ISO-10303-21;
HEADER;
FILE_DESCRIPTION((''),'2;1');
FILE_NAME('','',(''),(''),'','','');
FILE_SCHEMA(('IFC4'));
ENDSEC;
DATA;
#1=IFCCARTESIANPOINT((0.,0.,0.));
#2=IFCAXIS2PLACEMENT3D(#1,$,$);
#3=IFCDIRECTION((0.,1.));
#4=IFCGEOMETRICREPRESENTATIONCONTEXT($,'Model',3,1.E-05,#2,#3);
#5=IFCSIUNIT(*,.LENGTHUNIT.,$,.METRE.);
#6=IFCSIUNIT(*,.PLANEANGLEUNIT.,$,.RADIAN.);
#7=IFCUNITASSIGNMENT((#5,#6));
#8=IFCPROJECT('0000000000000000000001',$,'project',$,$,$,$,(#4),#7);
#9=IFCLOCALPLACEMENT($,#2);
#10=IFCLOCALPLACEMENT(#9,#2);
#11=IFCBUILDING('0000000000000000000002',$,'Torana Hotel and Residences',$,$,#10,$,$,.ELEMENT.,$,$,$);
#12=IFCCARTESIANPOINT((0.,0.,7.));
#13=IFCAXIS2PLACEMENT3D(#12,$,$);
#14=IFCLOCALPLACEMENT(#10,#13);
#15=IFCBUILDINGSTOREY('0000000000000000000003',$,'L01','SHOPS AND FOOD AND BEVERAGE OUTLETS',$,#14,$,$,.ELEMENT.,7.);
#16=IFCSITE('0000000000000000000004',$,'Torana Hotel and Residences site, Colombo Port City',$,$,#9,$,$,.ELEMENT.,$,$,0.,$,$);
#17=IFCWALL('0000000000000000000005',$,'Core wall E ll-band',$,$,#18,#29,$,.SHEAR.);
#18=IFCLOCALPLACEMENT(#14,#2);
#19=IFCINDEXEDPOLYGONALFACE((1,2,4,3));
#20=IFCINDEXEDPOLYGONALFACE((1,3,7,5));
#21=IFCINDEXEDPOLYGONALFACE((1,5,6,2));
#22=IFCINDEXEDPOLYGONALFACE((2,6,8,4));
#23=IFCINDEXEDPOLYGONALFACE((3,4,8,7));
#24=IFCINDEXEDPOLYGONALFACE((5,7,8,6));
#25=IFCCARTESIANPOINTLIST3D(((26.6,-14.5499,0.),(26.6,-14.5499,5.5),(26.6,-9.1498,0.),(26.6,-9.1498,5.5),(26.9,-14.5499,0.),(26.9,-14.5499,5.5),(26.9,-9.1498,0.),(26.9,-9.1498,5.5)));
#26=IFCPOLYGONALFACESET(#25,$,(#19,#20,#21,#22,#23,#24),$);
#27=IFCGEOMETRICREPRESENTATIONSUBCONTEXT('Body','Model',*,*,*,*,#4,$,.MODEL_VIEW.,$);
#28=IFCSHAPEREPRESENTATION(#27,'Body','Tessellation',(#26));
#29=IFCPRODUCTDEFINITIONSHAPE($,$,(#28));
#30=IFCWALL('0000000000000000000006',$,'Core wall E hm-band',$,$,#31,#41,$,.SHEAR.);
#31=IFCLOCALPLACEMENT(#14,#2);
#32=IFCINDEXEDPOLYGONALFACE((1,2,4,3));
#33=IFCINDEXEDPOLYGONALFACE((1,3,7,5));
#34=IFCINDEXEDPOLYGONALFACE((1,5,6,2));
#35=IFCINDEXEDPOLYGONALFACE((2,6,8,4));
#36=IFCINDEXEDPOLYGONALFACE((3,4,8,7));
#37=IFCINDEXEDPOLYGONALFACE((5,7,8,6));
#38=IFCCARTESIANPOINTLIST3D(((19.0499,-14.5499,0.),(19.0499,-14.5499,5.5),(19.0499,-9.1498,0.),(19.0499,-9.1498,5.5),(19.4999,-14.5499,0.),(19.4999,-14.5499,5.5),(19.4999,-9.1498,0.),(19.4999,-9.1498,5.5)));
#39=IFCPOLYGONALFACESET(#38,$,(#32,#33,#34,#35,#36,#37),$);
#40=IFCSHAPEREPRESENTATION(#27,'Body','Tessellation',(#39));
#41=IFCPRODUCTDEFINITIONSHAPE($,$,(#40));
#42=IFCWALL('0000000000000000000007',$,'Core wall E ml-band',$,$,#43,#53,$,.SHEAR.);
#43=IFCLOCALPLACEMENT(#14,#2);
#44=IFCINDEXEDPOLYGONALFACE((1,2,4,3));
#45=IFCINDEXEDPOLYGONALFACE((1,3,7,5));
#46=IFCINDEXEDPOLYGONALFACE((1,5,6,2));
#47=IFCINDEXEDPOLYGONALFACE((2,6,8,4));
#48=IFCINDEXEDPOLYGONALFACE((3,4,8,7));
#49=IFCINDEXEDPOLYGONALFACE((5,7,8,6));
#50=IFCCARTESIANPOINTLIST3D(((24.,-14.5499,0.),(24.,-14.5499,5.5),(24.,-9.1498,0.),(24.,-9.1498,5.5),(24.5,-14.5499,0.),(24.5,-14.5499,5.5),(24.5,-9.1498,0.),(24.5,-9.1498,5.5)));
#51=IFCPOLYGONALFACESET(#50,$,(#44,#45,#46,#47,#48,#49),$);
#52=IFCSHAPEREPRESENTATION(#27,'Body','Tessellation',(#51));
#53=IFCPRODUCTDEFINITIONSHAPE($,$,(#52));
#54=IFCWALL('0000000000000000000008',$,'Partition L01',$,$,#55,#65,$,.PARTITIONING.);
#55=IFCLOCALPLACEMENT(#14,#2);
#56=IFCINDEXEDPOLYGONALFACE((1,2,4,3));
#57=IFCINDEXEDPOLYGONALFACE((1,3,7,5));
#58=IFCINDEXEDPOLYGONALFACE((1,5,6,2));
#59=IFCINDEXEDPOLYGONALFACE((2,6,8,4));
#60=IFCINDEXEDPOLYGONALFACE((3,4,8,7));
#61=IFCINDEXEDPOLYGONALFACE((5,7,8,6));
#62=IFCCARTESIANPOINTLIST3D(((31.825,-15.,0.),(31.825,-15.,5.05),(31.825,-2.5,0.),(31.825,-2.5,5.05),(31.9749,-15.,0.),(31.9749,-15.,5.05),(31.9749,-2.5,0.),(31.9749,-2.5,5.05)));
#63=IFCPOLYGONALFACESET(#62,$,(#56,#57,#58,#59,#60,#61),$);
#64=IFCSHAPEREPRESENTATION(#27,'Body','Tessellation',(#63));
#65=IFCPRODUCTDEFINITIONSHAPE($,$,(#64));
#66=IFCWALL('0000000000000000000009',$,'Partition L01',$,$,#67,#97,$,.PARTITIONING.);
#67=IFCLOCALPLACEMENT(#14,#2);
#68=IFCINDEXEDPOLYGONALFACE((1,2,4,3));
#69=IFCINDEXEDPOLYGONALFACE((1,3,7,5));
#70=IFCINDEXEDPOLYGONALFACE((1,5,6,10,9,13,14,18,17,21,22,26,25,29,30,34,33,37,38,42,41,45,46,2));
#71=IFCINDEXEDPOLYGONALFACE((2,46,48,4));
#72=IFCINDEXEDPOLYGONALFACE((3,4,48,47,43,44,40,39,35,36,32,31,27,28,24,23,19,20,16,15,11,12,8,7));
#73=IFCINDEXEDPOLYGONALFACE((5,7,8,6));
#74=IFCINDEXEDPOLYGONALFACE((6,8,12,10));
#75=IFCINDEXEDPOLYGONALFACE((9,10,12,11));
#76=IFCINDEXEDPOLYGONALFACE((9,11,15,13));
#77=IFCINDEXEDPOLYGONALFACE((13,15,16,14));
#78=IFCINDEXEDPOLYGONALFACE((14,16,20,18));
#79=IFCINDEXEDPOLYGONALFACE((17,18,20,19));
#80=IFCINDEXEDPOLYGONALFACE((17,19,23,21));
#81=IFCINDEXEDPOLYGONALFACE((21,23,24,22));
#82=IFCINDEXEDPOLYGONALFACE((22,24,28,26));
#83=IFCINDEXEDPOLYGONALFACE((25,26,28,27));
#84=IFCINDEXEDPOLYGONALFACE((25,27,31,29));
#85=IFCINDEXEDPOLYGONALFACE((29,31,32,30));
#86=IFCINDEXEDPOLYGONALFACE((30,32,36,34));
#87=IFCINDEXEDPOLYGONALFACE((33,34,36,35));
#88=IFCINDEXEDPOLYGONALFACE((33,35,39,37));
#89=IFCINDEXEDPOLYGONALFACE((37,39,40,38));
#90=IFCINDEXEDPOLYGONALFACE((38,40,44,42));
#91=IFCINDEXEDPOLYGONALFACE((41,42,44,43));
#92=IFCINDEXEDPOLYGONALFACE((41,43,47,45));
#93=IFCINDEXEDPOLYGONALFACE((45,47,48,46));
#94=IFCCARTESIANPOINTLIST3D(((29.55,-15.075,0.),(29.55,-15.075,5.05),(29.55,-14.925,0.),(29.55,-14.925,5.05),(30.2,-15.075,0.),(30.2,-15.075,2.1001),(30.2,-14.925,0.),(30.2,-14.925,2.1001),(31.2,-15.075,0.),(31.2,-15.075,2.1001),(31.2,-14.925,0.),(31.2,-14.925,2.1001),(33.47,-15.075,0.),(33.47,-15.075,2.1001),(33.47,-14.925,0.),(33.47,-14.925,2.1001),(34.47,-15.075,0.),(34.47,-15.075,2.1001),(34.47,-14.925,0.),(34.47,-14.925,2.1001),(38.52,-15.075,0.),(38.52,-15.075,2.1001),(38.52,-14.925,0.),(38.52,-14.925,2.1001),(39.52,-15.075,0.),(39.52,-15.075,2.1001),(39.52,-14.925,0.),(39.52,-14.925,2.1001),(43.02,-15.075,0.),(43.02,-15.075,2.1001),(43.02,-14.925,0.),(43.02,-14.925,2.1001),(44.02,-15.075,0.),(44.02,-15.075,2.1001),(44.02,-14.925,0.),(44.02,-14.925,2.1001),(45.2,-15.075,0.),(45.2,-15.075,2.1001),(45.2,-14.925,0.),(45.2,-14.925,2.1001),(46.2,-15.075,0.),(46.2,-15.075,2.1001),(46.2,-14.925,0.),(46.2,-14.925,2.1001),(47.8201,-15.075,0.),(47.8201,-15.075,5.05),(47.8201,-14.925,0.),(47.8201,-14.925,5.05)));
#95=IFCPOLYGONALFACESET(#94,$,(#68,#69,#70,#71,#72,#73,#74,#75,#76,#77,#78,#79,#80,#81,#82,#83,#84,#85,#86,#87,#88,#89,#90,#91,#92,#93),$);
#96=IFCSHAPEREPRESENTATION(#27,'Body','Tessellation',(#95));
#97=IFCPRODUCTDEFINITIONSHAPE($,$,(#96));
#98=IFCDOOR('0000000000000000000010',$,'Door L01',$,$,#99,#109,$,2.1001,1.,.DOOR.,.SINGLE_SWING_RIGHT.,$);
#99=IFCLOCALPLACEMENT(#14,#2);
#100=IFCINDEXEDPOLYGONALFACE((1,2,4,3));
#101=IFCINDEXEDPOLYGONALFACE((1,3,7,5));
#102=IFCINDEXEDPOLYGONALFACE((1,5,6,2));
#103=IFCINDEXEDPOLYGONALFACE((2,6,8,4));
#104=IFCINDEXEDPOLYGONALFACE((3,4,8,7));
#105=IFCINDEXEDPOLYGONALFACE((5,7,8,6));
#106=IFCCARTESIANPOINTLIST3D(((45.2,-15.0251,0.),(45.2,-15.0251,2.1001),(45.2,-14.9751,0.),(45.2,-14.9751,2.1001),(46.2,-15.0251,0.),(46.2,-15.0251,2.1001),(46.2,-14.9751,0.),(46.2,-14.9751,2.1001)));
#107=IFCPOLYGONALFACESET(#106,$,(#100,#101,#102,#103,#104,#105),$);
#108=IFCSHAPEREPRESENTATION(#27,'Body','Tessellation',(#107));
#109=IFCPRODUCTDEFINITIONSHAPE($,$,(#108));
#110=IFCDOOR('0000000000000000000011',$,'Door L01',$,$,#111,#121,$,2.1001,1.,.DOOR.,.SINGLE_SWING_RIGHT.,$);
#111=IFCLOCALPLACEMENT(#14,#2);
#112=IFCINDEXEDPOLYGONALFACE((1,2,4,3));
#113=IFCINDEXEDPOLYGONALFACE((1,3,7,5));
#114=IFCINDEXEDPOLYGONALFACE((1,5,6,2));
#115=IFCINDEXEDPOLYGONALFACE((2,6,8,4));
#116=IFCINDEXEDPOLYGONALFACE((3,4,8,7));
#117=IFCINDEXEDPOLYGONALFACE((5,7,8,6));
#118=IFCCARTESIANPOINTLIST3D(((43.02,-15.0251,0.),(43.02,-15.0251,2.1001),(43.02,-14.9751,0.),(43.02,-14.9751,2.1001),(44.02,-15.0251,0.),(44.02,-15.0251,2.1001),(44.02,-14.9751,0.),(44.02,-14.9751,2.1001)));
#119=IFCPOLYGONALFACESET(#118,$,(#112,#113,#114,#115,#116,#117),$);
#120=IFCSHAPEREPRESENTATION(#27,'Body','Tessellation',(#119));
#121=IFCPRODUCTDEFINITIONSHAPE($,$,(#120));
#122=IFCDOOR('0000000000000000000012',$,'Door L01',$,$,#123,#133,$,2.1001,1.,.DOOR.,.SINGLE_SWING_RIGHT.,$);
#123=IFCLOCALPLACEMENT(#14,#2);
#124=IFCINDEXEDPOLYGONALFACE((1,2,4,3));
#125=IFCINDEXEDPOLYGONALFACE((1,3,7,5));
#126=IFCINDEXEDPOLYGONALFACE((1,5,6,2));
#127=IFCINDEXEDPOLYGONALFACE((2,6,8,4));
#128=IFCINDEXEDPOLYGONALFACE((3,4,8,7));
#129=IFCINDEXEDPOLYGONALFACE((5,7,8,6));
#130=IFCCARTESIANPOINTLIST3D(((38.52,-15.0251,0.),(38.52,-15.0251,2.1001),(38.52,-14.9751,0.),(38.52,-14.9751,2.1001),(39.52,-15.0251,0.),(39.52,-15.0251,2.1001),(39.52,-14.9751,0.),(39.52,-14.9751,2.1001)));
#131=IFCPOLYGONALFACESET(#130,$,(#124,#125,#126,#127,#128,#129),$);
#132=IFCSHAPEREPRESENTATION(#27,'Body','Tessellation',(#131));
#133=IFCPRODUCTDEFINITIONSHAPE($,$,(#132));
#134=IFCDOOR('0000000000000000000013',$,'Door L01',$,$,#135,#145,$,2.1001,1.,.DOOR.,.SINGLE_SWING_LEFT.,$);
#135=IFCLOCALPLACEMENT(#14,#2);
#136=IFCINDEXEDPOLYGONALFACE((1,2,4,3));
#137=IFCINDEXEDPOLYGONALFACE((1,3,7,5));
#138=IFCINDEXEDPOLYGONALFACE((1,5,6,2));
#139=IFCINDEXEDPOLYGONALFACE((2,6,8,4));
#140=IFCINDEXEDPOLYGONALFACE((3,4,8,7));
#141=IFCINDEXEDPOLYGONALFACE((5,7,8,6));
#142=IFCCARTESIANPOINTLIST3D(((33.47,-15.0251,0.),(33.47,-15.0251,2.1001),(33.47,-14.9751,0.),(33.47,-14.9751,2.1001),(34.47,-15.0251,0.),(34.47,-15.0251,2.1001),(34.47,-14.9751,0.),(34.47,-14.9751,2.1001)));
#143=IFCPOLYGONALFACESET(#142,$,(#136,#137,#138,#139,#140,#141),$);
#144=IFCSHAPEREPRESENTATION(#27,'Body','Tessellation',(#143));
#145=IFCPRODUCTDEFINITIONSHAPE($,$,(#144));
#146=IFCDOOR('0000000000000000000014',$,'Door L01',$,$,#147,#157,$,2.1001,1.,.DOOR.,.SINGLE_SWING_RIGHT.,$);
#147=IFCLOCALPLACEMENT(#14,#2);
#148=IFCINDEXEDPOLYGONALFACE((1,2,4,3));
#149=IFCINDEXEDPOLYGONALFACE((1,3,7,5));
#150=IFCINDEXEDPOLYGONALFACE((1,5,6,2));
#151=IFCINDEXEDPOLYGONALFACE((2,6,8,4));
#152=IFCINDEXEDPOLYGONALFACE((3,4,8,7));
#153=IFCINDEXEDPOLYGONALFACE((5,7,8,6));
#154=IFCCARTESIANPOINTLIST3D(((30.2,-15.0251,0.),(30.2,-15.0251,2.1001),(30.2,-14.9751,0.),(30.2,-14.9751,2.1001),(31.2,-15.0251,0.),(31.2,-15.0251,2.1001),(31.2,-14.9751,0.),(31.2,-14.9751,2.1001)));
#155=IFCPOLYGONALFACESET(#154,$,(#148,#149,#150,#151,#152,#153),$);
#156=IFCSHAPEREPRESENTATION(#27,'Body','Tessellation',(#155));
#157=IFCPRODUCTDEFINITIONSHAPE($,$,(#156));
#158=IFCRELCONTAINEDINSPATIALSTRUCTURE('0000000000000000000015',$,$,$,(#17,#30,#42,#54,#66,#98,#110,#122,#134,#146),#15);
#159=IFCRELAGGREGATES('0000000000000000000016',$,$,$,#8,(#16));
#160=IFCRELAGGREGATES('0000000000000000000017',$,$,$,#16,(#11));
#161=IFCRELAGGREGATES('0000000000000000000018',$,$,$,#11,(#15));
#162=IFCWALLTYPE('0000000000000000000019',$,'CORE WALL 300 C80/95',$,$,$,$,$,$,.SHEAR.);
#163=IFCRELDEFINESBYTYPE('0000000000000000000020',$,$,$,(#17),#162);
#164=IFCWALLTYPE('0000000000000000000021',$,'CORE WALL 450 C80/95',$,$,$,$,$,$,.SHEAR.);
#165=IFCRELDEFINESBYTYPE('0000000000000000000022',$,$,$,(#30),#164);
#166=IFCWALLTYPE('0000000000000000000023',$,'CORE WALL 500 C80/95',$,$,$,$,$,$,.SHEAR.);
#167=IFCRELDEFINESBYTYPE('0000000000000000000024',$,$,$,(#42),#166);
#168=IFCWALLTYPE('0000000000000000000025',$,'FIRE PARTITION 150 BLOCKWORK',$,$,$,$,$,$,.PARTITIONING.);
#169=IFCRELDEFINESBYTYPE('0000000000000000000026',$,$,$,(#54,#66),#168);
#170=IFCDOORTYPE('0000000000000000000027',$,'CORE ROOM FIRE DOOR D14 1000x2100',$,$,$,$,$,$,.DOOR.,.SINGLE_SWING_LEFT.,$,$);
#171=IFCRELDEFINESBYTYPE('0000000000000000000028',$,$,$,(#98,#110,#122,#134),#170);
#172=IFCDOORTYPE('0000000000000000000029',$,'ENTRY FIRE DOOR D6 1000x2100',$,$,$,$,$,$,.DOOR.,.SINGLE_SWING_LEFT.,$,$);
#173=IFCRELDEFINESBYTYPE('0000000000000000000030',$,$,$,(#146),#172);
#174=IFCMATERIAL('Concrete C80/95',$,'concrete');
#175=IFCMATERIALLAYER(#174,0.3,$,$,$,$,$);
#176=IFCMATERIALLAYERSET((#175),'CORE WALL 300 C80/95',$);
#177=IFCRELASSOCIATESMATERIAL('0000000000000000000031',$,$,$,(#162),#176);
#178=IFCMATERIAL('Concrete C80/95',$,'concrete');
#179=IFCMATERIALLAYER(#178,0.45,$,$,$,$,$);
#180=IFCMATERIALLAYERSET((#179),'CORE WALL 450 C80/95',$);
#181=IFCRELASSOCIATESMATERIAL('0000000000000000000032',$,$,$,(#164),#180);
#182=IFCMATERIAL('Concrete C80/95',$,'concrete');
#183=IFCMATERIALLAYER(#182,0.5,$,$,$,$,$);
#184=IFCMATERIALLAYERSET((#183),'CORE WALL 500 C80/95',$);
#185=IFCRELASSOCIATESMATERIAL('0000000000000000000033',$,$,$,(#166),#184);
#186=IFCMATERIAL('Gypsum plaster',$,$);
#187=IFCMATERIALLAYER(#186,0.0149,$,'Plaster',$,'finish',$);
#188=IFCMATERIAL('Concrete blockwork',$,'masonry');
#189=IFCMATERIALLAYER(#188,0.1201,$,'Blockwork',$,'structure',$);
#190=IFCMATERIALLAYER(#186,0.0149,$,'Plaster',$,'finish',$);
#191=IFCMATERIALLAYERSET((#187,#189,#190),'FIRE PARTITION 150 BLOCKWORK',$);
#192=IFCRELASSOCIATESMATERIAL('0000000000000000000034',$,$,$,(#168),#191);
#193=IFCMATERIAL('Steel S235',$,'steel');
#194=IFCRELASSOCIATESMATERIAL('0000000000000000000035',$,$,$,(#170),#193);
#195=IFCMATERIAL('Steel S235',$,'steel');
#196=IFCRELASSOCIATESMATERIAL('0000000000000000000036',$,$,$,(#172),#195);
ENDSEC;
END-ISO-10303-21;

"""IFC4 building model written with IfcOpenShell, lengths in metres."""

from ifc_helpers import new_model, si_unit, direction, frame, frame_2d, origin, place, context, subcontext, project, spatial, rectangle, extrude, material, layer, layer_set, type_object, element, fill, save


model = new_model("IFC4")

# Units and contexts
model_context = context("Model", 3, precision=1e-05, world=origin(), true_north=direction((0.0, 1.0)))
body_context = subcontext(model_context, "Body", "Model", "MODEL_VIEW")
ifc_project = project(units=[si_unit("LENGTHUNIT", "METRE"), si_unit("PLANEANGLEUNIT", "RADIAN")], contexts=[model_context])

# Site, building, storey
site_placement = place(None, origin())
site = spatial("IfcSite", under=ifc_project, at=site_placement, Name="Torana Hotel and Residences site, Colombo Port City", CompositionType="ELEMENT", RefElevation=0.0)
building_placement = place(site_placement, origin())
building = spatial("IfcBuilding", under=site, at=building_placement, Name="Torana Hotel and Residences", CompositionType="ELEMENT")
storey_placement = place(building_placement, frame((0.0, 0.0, 7.0)))
storey = spatial("IfcBuildingStorey", under=building, at=storey_placement, Name="L01", Description="SHOPS AND FOOD AND BEVERAGE OUTLETS", CompositionType="ELEMENT", Elevation=7.0)

# Walls
ifc_material_1 = material(Name="Concrete C80/95", Category="concrete")
ifc_layer_1 = layer(ifc_material_1, 0.3)
ifc_layer_set_1 = layer_set([ifc_layer_1], Name="CORE WALL 300 C80/95")
wall_type_1 = type_object("IfcWallType", Name="CORE WALL 300 C80/95", PredefinedType="SHEAR", material=ifc_layer_set_1)
for number, where, z_axis, x_axis, name in (
    (1, (26.75, -14.55, 0.0), (0.0, 0.0, 1.0), (0.0, 1.0, 0.0), "Core wall E ll-band"),
):
    element("IfcWall", number, at=place(storey_placement, frame(where, z_axis=z_axis, x_axis=x_axis)), inside=storey, type_object=wall_type_1, Name=name, PredefinedType="SHEAR", context=body_context, shape_type="SweptSolid", body=[
        extrude(rectangle(XDim=5.4001, YDim=0.3, at=frame_2d((2.7002, 0.0))), origin(), (0.0, 0.0, 1.0), 5.5),
    ])
ifc_material_2 = material(Name="Concrete C80/95", Category="concrete")
ifc_layer_2 = layer(ifc_material_2, 0.45)
ifc_layer_set_2 = layer_set([ifc_layer_2], Name="CORE WALL 450 C80/95")
wall_type_2 = type_object("IfcWallType", Name="CORE WALL 450 C80/95", PredefinedType="SHEAR", material=ifc_layer_set_2)
wall_1_placement = place(storey_placement, frame((19.2749, -14.55, 0.0), z_axis=(0.0, 0.0, 1.0), x_axis=(0.0, 1.0, 0.0)))
element("IfcWall", 2, at=wall_1_placement, inside=storey, type_object=wall_type_2, Name="Core wall E hm-band", PredefinedType="SHEAR", context=body_context, shape_type="SweptSolid", body=[
    extrude(rectangle(XDim=5.4001, YDim=0.45, at=frame_2d((2.7002, 0.0))), origin(), (0.0, 0.0, 1.0), 5.5),
])

# Shared definitions
ifc_material_3 = material(Name="Concrete C80/95", Category="concrete")
ifc_layer_3 = layer(ifc_material_3, 0.5)
ifc_layer_set_3 = layer_set([ifc_layer_3], Name="CORE WALL 500 C80/95")
wall_type_3 = type_object("IfcWallType", Name="CORE WALL 500 C80/95", PredefinedType="SHEAR", material=ifc_layer_set_3)

# Walls
wall_2_placement = place(storey_placement, frame((24.25, -14.55, 0.0), z_axis=(0.0, 0.0, 1.0), x_axis=(0.0, 1.0, 0.0)))
element("IfcWall", 3, at=wall_2_placement, inside=storey, type_object=wall_type_3, Name="Core wall E ml-band", PredefinedType="SHEAR", context=body_context, shape_type="SweptSolid", body=[
    extrude(rectangle(XDim=5.4001, YDim=0.5, at=frame_2d((2.7002, 0.0))), origin(), (0.0, 0.0, 1.0), 5.5),
])
ifc_material_4 = material(Name="Gypsum plaster")
ifc_layer_4 = layer(ifc_material_4, 0.0149, Name="Plaster", Category="finish")
ifc_material_5 = material(Name="Concrete blockwork", Category="masonry")
ifc_layer_5 = layer(ifc_material_5, 0.1201, Name="Blockwork", Category="structure")
ifc_layer_6 = layer(ifc_material_4, 0.0149, Name="Plaster", Category="finish")
ifc_layer_set_4 = layer_set([ifc_layer_4, ifc_layer_5, ifc_layer_6], Name="FIRE PARTITION 150 BLOCKWORK")
wall_type_4 = type_object("IfcWallType", Name="FIRE PARTITION 150 BLOCKWORK", PredefinedType="PARTITIONING", material=ifc_layer_set_4)
wall_3_placement = place(storey_placement, frame((31.8999, -15.0, 0.0), z_axis=(0.0, 0.0, 1.0), x_axis=(0.0, 1.0, 0.0)))
element("IfcWall", 4, at=wall_3_placement, inside=storey, type_object=wall_type_4, Name="Partition L01", PredefinedType="PARTITIONING", context=body_context, shape_type="SweptSolid", body=[
    extrude(rectangle(XDim=12.5, YDim=0.1499, at=frame_2d((6.25, 0.0))), origin(), (0.0, 0.0, 1.0), 5.05),
])

# Wall, openings, doors
wall_4_placement = place(storey_placement, frame((29.55, -15.0, 0.0), z_axis=(0.0, 0.0, 1.0), x_axis=(1.0, 0.0, 0.0)))
wall_4 = element("IfcWall", 5, at=wall_4_placement, inside=storey, type_object=wall_type_4, Name="Partition L01", PredefinedType="PARTITIONING", context=body_context, shape_type="SweptSolid", body=[
    extrude(rectangle(XDim=18.27, YDim=0.1499, at=frame_2d((9.135, 0.0))), origin(), (0.0, 0.0, 1.0), 5.05),
])
opening_1_placement = place(wall_4_placement, frame((15.6499, 0.0, 0.0)))
opening_1 = element("IfcOpeningElement", 6, at=opening_1_placement, cuts=wall_4, PredefinedType="OPENING", context=body_context, shape_type="SweptSolid", body=[
    extrude(rectangle(XDim=1.0, YDim=2.1001, at=frame_2d((0.5, 1.05))), frame((0.0, 0.085, 0.0), z_axis=(0.0, -1.0, 0.0), x_axis=(1.0, 0.0, 0.0)), (0.0, 0.0, 1.0), 0.1699),
])
opening_2_placement = place(wall_4_placement, frame((13.47, 0.0, 0.0)))
opening_2 = element("IfcOpeningElement", 7, at=opening_2_placement, cuts=wall_4, PredefinedType="OPENING", context=body_context, shape_type="SweptSolid", body=[
    extrude(rectangle(XDim=1.0, YDim=2.1001, at=frame_2d((0.5, 1.05))), frame((0.0, 0.085, 0.0), z_axis=(0.0, -1.0, 0.0), x_axis=(1.0, 0.0, 0.0)), (0.0, 0.0, 1.0), 0.1699),
])
opening_3_placement = place(wall_4_placement, frame((8.97, 0.0, 0.0)))
opening_3 = element("IfcOpeningElement", 8, at=opening_3_placement, cuts=wall_4, PredefinedType="OPENING", context=body_context, shape_type="SweptSolid", body=[
    extrude(rectangle(XDim=1.0, YDim=2.1001, at=frame_2d((0.5, 1.05))), frame((0.0, 0.085, 0.0), z_axis=(0.0, -1.0, 0.0), x_axis=(1.0, 0.0, 0.0)), (0.0, 0.0, 1.0), 0.1699),
])
opening_4_placement = place(wall_4_placement, frame((3.9199, 0.0, 0.0)))
opening_4 = element("IfcOpeningElement", 9, at=opening_4_placement, cuts=wall_4, PredefinedType="OPENING", context=body_context, shape_type="SweptSolid", body=[
    extrude(rectangle(XDim=1.0, YDim=2.1001, at=frame_2d((0.5, 1.05))), frame((0.0, 0.085, 0.0), z_axis=(0.0, -1.0, 0.0), x_axis=(1.0, 0.0, 0.0)), (0.0, 0.0, 1.0), 0.1699),
])
opening_5_placement = place(wall_4_placement, frame((0.6499, 0.0, 0.0)))
opening_5 = element("IfcOpeningElement", 10, at=opening_5_placement, cuts=wall_4, PredefinedType="OPENING", context=body_context, shape_type="SweptSolid", body=[
    extrude(rectangle(XDim=1.0, YDim=2.1001, at=frame_2d((0.5, 1.05))), frame((0.0, 0.085, 0.0), z_axis=(0.0, -1.0, 0.0), x_axis=(1.0, 0.0, 0.0)), (0.0, 0.0, 1.0), 0.1699),
])
ifc_material_6 = material(Name="Steel S235", Category="steel")
door_type_1 = type_object("IfcDoorType", Name="CORE ROOM FIRE DOOR D14 1000x2100", OperationType="SINGLE_SWING_LEFT", PredefinedType="DOOR", material=ifc_material_6)
door_1_placement = place(opening_1_placement, origin())
door_1 = element("IfcDoor", 11, at=door_1_placement, inside=storey, type_object=door_type_1, Name="Door L01", OperationType="SINGLE_SWING_RIGHT", OverallHeight=2.1001, OverallWidth=1.0, PredefinedType="DOOR", context=body_context, shape_type="SweptSolid", body=[
    extrude(rectangle(XDim=1.0, YDim=2.1001, at=frame_2d((0.5, 1.05))), frame((0.0, 0.0249, 0.0), z_axis=(0.0, -1.0, 0.0), x_axis=(1.0, 0.0, 0.0)), (0.0, 0.0, 1.0), 0.05),
])
fill(opening_1, door_1)
door_2_placement = place(opening_2_placement, origin())
door_2 = element("IfcDoor", 12, at=door_2_placement, inside=storey, type_object=door_type_1, Name="Door L01", OperationType="SINGLE_SWING_RIGHT", OverallHeight=2.1001, OverallWidth=1.0, PredefinedType="DOOR", context=body_context, shape_type="SweptSolid", body=[
    extrude(rectangle(XDim=1.0, YDim=2.1001, at=frame_2d((0.5, 1.05))), frame((0.0, 0.0249, 0.0), z_axis=(0.0, -1.0, 0.0), x_axis=(1.0, 0.0, 0.0)), (0.0, 0.0, 1.0), 0.05),
])
fill(opening_2, door_2)
door_3_placement = place(opening_3_placement, origin())
door_3 = element("IfcDoor", 13, at=door_3_placement, inside=storey, type_object=door_type_1, Name="Door L01", OperationType="SINGLE_SWING_RIGHT", OverallHeight=2.1001, OverallWidth=1.0, PredefinedType="DOOR", context=body_context, shape_type="SweptSolid", body=[
    extrude(rectangle(XDim=1.0, YDim=2.1001, at=frame_2d((0.5, 1.05))), frame((0.0, 0.0249, 0.0), z_axis=(0.0, -1.0, 0.0), x_axis=(1.0, 0.0, 0.0)), (0.0, 0.0, 1.0), 0.05),
])
fill(opening_3, door_3)
door_4_placement = place(opening_4_placement, origin())
door_4 = element("IfcDoor", 14, at=door_4_placement, inside=storey, type_object=door_type_1, Name="Door L01", OperationType="SINGLE_SWING_LEFT", OverallHeight=2.1001, OverallWidth=1.0, PredefinedType="DOOR", context=body_context, shape_type="SweptSolid", body=[
    extrude(rectangle(XDim=1.0, YDim=2.1001, at=frame_2d((0.5, 1.05))), frame((0.0, 0.0249, 0.0), z_axis=(0.0, -1.0, 0.0), x_axis=(1.0, 0.0, 0.0)), (0.0, 0.0, 1.0), 0.05),
])
fill(opening_4, door_4)
ifc_material_7 = material(Name="Steel S235", Category="steel")
door_type_2 = type_object("IfcDoorType", Name="ENTRY FIRE DOOR D6 1000x2100", OperationType="SINGLE_SWING_LEFT", PredefinedType="DOOR", material=ifc_material_7)
door_5_placement = place(opening_5_placement, origin())
door_5 = element("IfcDoor", 15, at=door_5_placement, inside=storey, type_object=door_type_2, Name="Door L01", OperationType="SINGLE_SWING_RIGHT", OverallHeight=2.1001, OverallWidth=1.0, PredefinedType="DOOR", context=body_context, shape_type="SweptSolid", body=[
    extrude(rectangle(XDim=1.0, YDim=2.1001, at=frame_2d((0.5, 1.05))), frame((0.0, 0.0249, 0.0), z_axis=(0.0, -1.0, 0.0), x_axis=(1.0, 0.0, 0.0)), (0.0, 0.0, 1.0), 0.05),
])
fill(opening_5, door_5)

save(model, "model.ifc")
